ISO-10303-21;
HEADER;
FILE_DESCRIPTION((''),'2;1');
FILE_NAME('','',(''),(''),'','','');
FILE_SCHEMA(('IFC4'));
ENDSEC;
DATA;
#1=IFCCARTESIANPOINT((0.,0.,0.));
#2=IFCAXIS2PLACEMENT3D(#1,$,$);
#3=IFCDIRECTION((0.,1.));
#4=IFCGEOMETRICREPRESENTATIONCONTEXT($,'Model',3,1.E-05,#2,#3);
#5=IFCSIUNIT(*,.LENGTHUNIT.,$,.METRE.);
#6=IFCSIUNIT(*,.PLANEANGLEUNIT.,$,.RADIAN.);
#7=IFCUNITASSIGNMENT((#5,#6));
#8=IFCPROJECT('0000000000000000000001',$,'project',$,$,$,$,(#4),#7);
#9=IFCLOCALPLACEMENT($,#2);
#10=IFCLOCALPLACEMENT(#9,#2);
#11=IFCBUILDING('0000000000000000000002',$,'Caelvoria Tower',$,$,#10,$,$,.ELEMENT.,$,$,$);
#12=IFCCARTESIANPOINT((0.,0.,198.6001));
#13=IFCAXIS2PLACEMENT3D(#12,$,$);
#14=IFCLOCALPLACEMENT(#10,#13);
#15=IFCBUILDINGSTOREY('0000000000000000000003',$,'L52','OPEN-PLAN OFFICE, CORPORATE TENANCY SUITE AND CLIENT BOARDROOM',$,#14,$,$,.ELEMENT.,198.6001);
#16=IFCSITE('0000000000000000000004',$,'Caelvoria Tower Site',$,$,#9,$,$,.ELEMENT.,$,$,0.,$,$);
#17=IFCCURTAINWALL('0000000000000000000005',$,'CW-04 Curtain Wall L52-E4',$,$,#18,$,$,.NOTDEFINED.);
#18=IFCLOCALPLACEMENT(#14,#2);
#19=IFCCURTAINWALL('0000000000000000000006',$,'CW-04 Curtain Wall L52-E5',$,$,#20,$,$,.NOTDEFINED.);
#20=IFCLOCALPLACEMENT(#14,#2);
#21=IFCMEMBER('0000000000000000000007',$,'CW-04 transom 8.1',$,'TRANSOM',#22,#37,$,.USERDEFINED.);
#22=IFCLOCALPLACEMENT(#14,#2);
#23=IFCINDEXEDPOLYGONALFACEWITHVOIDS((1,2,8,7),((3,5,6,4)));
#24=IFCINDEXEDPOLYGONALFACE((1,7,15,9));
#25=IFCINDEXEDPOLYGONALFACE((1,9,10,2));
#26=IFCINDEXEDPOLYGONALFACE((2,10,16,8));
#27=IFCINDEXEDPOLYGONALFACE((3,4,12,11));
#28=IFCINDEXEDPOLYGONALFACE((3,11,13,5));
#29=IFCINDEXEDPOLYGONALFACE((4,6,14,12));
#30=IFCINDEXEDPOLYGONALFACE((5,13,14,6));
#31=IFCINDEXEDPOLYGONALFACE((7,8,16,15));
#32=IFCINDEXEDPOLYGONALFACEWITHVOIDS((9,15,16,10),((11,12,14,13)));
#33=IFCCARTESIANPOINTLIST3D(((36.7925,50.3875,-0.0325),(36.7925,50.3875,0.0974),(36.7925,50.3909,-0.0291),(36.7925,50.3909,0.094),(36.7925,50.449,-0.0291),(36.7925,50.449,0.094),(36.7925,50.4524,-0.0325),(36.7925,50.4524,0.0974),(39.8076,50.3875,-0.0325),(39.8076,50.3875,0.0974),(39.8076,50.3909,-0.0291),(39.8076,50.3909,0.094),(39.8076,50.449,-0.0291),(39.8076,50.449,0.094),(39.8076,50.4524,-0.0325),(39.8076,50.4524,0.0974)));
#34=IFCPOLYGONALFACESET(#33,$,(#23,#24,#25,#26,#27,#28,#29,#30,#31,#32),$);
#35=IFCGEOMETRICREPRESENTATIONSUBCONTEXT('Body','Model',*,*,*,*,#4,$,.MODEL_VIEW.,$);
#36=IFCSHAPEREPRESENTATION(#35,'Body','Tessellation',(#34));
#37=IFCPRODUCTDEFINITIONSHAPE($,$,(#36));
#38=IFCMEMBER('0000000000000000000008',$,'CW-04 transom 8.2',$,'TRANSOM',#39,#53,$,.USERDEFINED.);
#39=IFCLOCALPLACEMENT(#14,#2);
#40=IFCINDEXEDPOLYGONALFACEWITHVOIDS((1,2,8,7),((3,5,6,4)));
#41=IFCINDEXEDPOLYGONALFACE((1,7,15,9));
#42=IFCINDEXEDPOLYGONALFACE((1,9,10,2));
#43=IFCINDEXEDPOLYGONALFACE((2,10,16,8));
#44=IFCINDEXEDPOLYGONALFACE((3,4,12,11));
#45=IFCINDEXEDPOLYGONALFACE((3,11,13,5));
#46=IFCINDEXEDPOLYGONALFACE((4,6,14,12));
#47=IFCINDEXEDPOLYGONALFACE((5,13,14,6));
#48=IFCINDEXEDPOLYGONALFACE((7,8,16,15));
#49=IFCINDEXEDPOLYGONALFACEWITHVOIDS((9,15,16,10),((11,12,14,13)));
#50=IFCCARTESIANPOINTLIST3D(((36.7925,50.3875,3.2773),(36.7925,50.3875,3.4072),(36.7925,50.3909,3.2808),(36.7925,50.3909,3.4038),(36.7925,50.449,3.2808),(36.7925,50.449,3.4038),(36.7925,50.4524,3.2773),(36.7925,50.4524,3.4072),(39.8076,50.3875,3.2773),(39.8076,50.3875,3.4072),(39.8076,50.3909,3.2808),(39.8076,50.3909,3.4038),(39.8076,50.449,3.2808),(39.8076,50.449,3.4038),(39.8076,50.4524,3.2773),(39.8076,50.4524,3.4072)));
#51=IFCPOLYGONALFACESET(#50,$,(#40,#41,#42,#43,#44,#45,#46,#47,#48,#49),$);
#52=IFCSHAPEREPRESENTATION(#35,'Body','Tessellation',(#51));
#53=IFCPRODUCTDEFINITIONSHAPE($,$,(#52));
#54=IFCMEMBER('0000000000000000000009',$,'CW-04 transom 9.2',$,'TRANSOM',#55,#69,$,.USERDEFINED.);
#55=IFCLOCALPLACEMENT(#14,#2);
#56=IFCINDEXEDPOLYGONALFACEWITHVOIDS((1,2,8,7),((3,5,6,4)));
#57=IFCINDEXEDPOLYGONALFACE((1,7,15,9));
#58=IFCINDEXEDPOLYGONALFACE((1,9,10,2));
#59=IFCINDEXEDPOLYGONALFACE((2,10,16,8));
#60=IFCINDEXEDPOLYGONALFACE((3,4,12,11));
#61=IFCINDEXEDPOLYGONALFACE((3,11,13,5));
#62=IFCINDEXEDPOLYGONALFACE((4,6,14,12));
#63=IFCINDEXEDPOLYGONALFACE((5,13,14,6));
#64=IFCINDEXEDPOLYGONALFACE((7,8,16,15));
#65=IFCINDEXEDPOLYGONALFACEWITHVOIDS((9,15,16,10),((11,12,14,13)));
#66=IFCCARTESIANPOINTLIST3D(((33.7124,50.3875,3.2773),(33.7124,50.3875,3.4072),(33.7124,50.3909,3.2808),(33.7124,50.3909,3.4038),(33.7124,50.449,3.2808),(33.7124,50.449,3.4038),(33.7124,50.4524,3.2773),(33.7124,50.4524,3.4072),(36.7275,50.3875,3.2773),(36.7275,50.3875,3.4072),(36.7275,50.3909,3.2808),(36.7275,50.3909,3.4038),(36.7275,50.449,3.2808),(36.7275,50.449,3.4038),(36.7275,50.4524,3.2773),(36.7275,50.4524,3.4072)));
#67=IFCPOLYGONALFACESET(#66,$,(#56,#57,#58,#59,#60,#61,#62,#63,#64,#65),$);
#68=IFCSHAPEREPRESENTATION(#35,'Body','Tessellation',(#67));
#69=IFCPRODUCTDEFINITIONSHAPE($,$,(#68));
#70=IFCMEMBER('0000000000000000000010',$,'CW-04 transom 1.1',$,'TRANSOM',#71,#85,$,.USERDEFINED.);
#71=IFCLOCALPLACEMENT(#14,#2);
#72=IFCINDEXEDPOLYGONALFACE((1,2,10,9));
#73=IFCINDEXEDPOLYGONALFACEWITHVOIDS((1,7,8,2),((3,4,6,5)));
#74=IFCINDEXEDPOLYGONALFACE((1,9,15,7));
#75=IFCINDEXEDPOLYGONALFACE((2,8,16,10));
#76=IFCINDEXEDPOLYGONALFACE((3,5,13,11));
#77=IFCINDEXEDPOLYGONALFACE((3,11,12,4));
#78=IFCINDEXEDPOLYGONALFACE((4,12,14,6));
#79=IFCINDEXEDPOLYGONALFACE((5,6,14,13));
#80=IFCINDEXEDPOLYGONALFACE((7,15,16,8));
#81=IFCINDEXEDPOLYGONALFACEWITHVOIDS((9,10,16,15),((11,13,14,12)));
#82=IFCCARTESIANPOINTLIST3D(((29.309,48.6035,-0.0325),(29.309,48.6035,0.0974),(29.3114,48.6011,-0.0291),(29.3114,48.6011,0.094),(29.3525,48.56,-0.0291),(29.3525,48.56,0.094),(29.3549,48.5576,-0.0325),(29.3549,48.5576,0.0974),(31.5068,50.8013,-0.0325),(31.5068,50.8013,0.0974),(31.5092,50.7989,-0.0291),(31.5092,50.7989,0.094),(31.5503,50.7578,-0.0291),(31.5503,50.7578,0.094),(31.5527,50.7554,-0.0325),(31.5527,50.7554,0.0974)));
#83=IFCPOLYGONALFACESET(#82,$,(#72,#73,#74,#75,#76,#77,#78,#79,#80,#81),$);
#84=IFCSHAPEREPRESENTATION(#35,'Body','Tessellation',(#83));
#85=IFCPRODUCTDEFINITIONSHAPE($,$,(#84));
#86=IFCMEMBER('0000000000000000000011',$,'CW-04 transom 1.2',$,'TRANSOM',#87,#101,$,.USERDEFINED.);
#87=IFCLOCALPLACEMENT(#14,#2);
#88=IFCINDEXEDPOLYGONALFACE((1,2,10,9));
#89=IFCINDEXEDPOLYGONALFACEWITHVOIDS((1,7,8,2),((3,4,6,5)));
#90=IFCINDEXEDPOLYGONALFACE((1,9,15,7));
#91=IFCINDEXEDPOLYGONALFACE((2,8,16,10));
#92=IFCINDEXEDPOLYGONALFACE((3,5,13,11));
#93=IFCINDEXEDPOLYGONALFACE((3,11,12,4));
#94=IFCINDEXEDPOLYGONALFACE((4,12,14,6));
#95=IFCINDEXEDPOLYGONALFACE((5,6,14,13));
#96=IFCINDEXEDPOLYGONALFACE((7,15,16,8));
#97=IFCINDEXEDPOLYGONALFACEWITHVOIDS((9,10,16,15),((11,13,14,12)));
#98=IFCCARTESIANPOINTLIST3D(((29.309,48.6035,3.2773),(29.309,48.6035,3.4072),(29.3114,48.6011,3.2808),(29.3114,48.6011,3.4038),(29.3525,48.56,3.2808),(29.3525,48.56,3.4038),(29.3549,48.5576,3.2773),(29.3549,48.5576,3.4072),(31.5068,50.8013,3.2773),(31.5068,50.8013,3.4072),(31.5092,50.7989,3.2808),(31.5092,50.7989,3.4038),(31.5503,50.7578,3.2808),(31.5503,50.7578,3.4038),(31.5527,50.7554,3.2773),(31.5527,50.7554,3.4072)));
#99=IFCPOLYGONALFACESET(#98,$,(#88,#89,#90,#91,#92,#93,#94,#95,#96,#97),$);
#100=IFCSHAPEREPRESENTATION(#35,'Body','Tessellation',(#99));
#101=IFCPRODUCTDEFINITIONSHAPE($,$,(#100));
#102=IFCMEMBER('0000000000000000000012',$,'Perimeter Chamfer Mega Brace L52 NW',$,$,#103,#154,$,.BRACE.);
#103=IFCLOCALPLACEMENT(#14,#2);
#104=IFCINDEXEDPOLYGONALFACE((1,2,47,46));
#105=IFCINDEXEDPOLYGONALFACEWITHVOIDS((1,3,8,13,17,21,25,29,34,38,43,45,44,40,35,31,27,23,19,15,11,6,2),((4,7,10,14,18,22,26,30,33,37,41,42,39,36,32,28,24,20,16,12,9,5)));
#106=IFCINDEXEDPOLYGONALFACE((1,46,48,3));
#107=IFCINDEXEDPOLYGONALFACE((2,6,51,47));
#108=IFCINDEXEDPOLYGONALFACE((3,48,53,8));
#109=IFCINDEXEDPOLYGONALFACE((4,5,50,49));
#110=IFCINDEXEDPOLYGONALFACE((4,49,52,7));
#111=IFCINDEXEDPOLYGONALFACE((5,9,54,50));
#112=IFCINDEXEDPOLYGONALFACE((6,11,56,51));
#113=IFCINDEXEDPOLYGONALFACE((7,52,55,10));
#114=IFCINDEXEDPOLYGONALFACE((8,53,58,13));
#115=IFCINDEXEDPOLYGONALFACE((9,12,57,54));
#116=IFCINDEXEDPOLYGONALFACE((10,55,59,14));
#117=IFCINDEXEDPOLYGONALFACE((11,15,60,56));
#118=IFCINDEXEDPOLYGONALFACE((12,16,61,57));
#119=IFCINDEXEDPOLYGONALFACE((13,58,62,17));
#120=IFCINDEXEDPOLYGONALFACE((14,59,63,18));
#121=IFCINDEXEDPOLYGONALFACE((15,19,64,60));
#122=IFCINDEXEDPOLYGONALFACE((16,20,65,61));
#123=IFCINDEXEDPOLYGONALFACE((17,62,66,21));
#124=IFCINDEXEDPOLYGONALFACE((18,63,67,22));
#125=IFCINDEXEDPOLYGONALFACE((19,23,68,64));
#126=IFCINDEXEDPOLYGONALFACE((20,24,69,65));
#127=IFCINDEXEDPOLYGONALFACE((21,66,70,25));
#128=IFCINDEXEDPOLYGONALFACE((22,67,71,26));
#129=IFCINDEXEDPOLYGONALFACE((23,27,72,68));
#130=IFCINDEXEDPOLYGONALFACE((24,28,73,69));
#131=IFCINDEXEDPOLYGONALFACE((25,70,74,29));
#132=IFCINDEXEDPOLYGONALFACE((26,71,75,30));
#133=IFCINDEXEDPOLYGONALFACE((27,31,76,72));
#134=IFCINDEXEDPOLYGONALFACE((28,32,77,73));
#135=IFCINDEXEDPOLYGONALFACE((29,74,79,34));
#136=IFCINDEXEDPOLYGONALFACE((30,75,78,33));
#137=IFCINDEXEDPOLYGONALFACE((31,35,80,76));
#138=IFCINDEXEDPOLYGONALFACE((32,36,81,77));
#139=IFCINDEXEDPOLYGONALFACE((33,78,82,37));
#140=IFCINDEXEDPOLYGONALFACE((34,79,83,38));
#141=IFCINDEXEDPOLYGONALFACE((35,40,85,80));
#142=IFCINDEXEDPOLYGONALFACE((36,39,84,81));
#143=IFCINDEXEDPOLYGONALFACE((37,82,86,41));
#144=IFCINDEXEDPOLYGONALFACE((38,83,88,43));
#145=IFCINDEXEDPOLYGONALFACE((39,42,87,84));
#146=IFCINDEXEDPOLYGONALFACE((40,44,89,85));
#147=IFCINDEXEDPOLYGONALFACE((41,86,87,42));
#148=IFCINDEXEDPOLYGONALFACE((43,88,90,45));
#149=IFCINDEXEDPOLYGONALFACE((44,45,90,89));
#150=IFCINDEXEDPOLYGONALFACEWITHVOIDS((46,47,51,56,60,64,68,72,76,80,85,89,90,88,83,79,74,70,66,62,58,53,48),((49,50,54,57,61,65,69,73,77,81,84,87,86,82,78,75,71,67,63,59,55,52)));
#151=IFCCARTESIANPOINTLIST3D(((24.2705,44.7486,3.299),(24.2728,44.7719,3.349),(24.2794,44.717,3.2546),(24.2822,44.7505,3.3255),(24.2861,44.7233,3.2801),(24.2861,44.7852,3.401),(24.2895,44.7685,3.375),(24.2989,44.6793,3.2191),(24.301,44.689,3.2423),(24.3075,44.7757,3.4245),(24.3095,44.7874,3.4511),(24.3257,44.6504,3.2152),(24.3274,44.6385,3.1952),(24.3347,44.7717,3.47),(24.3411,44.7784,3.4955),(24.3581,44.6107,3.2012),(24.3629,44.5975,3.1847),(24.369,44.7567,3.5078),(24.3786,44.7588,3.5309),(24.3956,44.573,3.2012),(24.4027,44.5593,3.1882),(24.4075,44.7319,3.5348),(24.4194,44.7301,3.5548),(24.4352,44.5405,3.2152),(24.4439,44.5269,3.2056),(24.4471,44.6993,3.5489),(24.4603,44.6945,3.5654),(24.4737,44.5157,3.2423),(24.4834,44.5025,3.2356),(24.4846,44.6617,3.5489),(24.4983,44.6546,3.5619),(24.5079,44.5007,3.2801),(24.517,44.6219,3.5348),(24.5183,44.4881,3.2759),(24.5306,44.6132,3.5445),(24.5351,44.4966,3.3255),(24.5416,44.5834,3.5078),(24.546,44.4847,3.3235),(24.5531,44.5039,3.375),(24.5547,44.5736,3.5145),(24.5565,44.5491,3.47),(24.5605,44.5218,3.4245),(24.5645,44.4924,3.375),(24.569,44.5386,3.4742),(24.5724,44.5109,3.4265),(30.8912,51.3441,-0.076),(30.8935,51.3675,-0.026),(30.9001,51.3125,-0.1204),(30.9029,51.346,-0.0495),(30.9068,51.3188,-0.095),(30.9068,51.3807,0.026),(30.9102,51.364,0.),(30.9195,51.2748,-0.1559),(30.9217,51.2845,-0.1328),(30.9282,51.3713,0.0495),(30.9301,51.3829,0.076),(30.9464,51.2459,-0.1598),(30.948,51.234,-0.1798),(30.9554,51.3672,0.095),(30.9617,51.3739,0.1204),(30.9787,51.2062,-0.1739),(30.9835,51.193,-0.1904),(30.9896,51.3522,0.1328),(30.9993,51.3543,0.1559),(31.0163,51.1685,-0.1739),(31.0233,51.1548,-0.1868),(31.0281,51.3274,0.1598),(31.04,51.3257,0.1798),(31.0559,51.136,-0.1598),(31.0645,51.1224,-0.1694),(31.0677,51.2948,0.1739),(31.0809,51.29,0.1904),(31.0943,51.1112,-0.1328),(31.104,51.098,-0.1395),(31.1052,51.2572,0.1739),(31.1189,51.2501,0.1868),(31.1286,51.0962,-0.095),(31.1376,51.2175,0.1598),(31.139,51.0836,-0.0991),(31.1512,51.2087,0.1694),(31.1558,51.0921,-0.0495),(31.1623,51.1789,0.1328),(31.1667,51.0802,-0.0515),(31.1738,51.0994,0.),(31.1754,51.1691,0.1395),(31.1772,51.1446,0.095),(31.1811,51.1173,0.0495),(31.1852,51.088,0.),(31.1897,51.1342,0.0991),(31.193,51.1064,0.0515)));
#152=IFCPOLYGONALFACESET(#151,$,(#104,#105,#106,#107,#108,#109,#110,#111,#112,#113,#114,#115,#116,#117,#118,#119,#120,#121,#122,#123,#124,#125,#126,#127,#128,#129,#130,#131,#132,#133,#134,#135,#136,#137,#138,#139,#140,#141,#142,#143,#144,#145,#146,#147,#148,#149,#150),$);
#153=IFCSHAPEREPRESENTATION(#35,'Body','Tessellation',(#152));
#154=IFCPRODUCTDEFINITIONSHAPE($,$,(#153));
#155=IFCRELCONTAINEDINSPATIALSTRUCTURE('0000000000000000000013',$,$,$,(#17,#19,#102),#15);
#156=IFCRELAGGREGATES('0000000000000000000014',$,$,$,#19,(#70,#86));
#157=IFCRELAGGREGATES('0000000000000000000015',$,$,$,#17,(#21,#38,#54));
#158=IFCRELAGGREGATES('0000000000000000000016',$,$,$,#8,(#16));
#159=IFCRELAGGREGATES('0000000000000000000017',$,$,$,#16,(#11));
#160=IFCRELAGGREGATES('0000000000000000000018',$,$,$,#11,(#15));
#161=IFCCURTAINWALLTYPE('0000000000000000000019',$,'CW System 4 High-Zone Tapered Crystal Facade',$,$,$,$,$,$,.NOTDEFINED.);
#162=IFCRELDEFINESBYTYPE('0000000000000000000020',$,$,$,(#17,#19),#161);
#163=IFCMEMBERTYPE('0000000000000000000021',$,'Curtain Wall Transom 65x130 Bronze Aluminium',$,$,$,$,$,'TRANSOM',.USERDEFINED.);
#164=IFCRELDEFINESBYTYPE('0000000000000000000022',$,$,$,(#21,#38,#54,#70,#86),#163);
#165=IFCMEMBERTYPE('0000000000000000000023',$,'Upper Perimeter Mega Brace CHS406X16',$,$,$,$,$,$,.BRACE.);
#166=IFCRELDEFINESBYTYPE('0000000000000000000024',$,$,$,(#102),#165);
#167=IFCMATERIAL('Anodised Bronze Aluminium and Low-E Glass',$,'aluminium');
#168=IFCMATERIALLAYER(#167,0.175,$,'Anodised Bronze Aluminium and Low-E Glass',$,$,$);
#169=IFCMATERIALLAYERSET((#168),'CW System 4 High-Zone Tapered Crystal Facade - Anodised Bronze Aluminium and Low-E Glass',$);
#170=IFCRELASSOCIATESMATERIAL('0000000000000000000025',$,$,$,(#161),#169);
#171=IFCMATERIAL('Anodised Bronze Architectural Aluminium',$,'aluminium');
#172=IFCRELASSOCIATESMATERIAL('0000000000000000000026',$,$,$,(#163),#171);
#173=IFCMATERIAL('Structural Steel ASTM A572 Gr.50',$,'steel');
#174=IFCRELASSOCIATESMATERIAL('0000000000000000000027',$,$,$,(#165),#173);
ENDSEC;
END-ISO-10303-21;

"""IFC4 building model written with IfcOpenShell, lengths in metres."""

from ifc_helpers import new_model, si_unit, direction, frame, origin, origin_2d, place, context, subcontext, project, spatial, hollow_rectangle, hollow_circle, extrude, material, layer, layer_set, material_profile, profile_set, type_object, element, aggregate, save


model = new_model("IFC4")

# Units and contexts
model_context = context("Model", 3, precision=1e-05, world=origin(), true_north=direction((0.0, 1.0)))
body_context = subcontext(model_context, "Body", "Model", "MODEL_VIEW")
ifc_project = project(units=[si_unit("LENGTHUNIT", "METRE"), si_unit("PLANEANGLEUNIT", "RADIAN")], contexts=[model_context])

# Site, building, storey
site_placement = place(None, origin())
site = spatial("IfcSite", under=ifc_project, at=site_placement, Name="Caelvoria Tower Site", CompositionType="ELEMENT", RefElevation=0.0)
building_placement = place(site_placement, origin())
building = spatial("IfcBuilding", under=site, at=building_placement, Name="Caelvoria Tower", CompositionType="ELEMENT")
storey_placement = place(building_placement, frame((0.0, 0.0, 198.6001)))
storey = spatial("IfcBuildingStorey", under=building, at=storey_placement, Name="L52", Description="OPEN-PLAN OFFICE, CORPORATE TENANCY SUITE AND CLIENT BOARDROOM", CompositionType="ELEMENT", Elevation=198.6001)

# Curtain wall
ifc_material_1 = material(Name="Anodised Bronze Aluminium and Low-E Glass", Category="aluminium")
ifc_layer_1 = layer(ifc_material_1, 0.175, Name="Anodised Bronze Aluminium and Low-E Glass")
ifc_layer_set_1 = layer_set([ifc_layer_1], Name="CW System 4 High-Zone Tapered Crystal Facade - Anodised Bronze Aluminium and Low-E Glass")
curtain_wall_type = type_object("IfcCurtainWallType", Name="CW System 4 High-Zone Tapered Crystal Facade", PredefinedType="NOTDEFINED", material=ifc_layer_set_1)
curtain_wall_1_placement = place(storey_placement, origin())
curtain_wall_1 = element("IfcCurtainWall", 1, at=curtain_wall_1_placement, inside=storey, type_object=curtain_wall_type, Name="CW-04 Curtain Wall L52-E4", PredefinedType="NOTDEFINED")
ifc_material_2 = material(Name="Anodised Bronze Architectural Aluminium", Category="aluminium")

# Curtain wall
curtain_wall_2_placement = place(storey_placement, origin())
curtain_wall_2 = element("IfcCurtainWall", 2, at=curtain_wall_2_placement, inside=storey, type_object=curtain_wall_type, Name="CW-04 Curtain Wall L52-E5", PredefinedType="NOTDEFINED")

# Members
ifc_material_profile_1 = material_profile(ifc_material_2, hollow_rectangle(XDim=0.0649, YDim=0.1299, WallThickness=0.0034, at=origin_2d()), Name="Anodised Bronze Architectural Aluminium")
ifc_profile_set_1 = profile_set([ifc_material_profile_1], Name="CW_TRAN_65X130 - Anodised Bronze Architectural Aluminium")
member_type_1 = type_object("IfcMemberType", Name="Curtain Wall Transom 65x130 Bronze Aluminium", ElementType="TRANSOM", PredefinedType="USERDEFINED", material=ifc_profile_set_1)
member_1_placement = place(storey_placement, frame((39.8076, 50.4199, 0.0325), z_axis=(-1.0, 0.0, 0.0), x_axis=(0.0, -1.0, 0.0)))
member_1 = element("IfcMember", 3, at=member_1_placement, type_object=member_type_1, Name="CW-04 transom 8.1", ObjectType="TRANSOM", PredefinedType="USERDEFINED", context=body_context, shape_type="SweptSolid", body=[
    extrude(hollow_rectangle(XDim=0.0649, YDim=0.1299, WallThickness=0.0034, at=origin_2d()), origin(), (0.0, 0.0, 1.0), 3.0151),
])
member_2_placement = place(storey_placement, frame((39.8076, 50.4199, 3.3423), z_axis=(-1.0, 0.0, 0.0), x_axis=(0.0, -1.0, 0.0)))
member_2 = element("IfcMember", 4, at=member_2_placement, type_object=member_type_1, Name="CW-04 transom 8.2", ObjectType="TRANSOM", PredefinedType="USERDEFINED", context=body_context, shape_type="SweptSolid", body=[
    extrude(hollow_rectangle(XDim=0.0649, YDim=0.1299, WallThickness=0.0034, at=origin_2d()), origin(), (0.0, 0.0, 1.0), 3.0151),
])
member_3_placement = place(storey_placement, frame((36.7275, 50.4199, 3.3423), z_axis=(-1.0, 0.0, 0.0), x_axis=(0.0, -1.0, 0.0)))
member_3 = element("IfcMember", 5, at=member_3_placement, type_object=member_type_1, Name="CW-04 transom 9.2", ObjectType="TRANSOM", PredefinedType="USERDEFINED", context=body_context, shape_type="SweptSolid", body=[
    extrude(hollow_rectangle(XDim=0.0649, YDim=0.1299, WallThickness=0.0034, at=origin_2d()), origin(), (0.0, 0.0, 1.0), 3.0151),
])
member_4_placement = place(storey_placement, frame((31.5298, 50.7783, 0.0325), z_axis=(-0.707107, -0.707107, 0.0), x_axis=(0.707107, -0.707107, 0.0)))
member_4 = element("IfcMember", 6, at=member_4_placement, type_object=member_type_1, Name="CW-04 transom 1.1", ObjectType="TRANSOM", PredefinedType="USERDEFINED", context=body_context, shape_type="SweptSolid", body=[
    extrude(hollow_rectangle(XDim=0.0649, YDim=0.1299, WallThickness=0.0034, at=origin_2d()), origin(), (0.0, 0.0, 1.0), 3.1082),
])
member_5_placement = place(storey_placement, frame((31.5298, 50.7783, 3.3423), z_axis=(-0.707107, -0.707107, 0.0), x_axis=(0.707107, -0.707107, 0.0)))
member_5 = element("IfcMember", 7, at=member_5_placement, type_object=member_type_1, Name="CW-04 transom 1.2", ObjectType="TRANSOM", PredefinedType="USERDEFINED", context=body_context, shape_type="SweptSolid", body=[
    extrude(hollow_rectangle(XDim=0.0649, YDim=0.1299, WallThickness=0.0034, at=origin_2d()), origin(), (0.0, 0.0, 1.0), 3.1082),
])
aggregate(curtain_wall_2, [member_4, member_5])
ifc_material_3 = material(Name="Structural Steel ASTM A572 Gr.50", Category="steel")
ifc_material_profile_2 = material_profile(ifc_material_3, hollow_circle(Radius=0.2029, WallThickness=0.0161, at=origin_2d()), Name="Structural Steel ASTM A572 Gr.50")
ifc_profile_set_2 = profile_set([ifc_material_profile_2], Name="CHS406X16 - Structural Steel ASTM A572 Gr.50")
member_type_2 = type_object("IfcMemberType", Name="Upper Perimeter Mega Brace CHS406X16", PredefinedType="BRACE", material=ifc_profile_set_2)
member_6_placement = place(storey_placement, frame((31.042, 51.2317, 0.0), z_axis=(-0.666328, -0.663797, 0.339676), x_axis=(0.70576, -0.708451, 0.0)))
element("IfcMember", 8, at=member_6_placement, inside=storey, type_object=member_type_2, Name="Perimeter Chamfer Mega Brace L52 NW", PredefinedType="BRACE", context=body_context, shape_type="SweptSolid", body=[
    extrude(hollow_circle(Radius=0.2029, WallThickness=0.0161, at=origin_2d()), origin(), (0.0, 0.0, 1.0), 9.936),
])

aggregate(curtain_wall_1, [member_1, member_2, member_3])

save(model, "model.ifc")
